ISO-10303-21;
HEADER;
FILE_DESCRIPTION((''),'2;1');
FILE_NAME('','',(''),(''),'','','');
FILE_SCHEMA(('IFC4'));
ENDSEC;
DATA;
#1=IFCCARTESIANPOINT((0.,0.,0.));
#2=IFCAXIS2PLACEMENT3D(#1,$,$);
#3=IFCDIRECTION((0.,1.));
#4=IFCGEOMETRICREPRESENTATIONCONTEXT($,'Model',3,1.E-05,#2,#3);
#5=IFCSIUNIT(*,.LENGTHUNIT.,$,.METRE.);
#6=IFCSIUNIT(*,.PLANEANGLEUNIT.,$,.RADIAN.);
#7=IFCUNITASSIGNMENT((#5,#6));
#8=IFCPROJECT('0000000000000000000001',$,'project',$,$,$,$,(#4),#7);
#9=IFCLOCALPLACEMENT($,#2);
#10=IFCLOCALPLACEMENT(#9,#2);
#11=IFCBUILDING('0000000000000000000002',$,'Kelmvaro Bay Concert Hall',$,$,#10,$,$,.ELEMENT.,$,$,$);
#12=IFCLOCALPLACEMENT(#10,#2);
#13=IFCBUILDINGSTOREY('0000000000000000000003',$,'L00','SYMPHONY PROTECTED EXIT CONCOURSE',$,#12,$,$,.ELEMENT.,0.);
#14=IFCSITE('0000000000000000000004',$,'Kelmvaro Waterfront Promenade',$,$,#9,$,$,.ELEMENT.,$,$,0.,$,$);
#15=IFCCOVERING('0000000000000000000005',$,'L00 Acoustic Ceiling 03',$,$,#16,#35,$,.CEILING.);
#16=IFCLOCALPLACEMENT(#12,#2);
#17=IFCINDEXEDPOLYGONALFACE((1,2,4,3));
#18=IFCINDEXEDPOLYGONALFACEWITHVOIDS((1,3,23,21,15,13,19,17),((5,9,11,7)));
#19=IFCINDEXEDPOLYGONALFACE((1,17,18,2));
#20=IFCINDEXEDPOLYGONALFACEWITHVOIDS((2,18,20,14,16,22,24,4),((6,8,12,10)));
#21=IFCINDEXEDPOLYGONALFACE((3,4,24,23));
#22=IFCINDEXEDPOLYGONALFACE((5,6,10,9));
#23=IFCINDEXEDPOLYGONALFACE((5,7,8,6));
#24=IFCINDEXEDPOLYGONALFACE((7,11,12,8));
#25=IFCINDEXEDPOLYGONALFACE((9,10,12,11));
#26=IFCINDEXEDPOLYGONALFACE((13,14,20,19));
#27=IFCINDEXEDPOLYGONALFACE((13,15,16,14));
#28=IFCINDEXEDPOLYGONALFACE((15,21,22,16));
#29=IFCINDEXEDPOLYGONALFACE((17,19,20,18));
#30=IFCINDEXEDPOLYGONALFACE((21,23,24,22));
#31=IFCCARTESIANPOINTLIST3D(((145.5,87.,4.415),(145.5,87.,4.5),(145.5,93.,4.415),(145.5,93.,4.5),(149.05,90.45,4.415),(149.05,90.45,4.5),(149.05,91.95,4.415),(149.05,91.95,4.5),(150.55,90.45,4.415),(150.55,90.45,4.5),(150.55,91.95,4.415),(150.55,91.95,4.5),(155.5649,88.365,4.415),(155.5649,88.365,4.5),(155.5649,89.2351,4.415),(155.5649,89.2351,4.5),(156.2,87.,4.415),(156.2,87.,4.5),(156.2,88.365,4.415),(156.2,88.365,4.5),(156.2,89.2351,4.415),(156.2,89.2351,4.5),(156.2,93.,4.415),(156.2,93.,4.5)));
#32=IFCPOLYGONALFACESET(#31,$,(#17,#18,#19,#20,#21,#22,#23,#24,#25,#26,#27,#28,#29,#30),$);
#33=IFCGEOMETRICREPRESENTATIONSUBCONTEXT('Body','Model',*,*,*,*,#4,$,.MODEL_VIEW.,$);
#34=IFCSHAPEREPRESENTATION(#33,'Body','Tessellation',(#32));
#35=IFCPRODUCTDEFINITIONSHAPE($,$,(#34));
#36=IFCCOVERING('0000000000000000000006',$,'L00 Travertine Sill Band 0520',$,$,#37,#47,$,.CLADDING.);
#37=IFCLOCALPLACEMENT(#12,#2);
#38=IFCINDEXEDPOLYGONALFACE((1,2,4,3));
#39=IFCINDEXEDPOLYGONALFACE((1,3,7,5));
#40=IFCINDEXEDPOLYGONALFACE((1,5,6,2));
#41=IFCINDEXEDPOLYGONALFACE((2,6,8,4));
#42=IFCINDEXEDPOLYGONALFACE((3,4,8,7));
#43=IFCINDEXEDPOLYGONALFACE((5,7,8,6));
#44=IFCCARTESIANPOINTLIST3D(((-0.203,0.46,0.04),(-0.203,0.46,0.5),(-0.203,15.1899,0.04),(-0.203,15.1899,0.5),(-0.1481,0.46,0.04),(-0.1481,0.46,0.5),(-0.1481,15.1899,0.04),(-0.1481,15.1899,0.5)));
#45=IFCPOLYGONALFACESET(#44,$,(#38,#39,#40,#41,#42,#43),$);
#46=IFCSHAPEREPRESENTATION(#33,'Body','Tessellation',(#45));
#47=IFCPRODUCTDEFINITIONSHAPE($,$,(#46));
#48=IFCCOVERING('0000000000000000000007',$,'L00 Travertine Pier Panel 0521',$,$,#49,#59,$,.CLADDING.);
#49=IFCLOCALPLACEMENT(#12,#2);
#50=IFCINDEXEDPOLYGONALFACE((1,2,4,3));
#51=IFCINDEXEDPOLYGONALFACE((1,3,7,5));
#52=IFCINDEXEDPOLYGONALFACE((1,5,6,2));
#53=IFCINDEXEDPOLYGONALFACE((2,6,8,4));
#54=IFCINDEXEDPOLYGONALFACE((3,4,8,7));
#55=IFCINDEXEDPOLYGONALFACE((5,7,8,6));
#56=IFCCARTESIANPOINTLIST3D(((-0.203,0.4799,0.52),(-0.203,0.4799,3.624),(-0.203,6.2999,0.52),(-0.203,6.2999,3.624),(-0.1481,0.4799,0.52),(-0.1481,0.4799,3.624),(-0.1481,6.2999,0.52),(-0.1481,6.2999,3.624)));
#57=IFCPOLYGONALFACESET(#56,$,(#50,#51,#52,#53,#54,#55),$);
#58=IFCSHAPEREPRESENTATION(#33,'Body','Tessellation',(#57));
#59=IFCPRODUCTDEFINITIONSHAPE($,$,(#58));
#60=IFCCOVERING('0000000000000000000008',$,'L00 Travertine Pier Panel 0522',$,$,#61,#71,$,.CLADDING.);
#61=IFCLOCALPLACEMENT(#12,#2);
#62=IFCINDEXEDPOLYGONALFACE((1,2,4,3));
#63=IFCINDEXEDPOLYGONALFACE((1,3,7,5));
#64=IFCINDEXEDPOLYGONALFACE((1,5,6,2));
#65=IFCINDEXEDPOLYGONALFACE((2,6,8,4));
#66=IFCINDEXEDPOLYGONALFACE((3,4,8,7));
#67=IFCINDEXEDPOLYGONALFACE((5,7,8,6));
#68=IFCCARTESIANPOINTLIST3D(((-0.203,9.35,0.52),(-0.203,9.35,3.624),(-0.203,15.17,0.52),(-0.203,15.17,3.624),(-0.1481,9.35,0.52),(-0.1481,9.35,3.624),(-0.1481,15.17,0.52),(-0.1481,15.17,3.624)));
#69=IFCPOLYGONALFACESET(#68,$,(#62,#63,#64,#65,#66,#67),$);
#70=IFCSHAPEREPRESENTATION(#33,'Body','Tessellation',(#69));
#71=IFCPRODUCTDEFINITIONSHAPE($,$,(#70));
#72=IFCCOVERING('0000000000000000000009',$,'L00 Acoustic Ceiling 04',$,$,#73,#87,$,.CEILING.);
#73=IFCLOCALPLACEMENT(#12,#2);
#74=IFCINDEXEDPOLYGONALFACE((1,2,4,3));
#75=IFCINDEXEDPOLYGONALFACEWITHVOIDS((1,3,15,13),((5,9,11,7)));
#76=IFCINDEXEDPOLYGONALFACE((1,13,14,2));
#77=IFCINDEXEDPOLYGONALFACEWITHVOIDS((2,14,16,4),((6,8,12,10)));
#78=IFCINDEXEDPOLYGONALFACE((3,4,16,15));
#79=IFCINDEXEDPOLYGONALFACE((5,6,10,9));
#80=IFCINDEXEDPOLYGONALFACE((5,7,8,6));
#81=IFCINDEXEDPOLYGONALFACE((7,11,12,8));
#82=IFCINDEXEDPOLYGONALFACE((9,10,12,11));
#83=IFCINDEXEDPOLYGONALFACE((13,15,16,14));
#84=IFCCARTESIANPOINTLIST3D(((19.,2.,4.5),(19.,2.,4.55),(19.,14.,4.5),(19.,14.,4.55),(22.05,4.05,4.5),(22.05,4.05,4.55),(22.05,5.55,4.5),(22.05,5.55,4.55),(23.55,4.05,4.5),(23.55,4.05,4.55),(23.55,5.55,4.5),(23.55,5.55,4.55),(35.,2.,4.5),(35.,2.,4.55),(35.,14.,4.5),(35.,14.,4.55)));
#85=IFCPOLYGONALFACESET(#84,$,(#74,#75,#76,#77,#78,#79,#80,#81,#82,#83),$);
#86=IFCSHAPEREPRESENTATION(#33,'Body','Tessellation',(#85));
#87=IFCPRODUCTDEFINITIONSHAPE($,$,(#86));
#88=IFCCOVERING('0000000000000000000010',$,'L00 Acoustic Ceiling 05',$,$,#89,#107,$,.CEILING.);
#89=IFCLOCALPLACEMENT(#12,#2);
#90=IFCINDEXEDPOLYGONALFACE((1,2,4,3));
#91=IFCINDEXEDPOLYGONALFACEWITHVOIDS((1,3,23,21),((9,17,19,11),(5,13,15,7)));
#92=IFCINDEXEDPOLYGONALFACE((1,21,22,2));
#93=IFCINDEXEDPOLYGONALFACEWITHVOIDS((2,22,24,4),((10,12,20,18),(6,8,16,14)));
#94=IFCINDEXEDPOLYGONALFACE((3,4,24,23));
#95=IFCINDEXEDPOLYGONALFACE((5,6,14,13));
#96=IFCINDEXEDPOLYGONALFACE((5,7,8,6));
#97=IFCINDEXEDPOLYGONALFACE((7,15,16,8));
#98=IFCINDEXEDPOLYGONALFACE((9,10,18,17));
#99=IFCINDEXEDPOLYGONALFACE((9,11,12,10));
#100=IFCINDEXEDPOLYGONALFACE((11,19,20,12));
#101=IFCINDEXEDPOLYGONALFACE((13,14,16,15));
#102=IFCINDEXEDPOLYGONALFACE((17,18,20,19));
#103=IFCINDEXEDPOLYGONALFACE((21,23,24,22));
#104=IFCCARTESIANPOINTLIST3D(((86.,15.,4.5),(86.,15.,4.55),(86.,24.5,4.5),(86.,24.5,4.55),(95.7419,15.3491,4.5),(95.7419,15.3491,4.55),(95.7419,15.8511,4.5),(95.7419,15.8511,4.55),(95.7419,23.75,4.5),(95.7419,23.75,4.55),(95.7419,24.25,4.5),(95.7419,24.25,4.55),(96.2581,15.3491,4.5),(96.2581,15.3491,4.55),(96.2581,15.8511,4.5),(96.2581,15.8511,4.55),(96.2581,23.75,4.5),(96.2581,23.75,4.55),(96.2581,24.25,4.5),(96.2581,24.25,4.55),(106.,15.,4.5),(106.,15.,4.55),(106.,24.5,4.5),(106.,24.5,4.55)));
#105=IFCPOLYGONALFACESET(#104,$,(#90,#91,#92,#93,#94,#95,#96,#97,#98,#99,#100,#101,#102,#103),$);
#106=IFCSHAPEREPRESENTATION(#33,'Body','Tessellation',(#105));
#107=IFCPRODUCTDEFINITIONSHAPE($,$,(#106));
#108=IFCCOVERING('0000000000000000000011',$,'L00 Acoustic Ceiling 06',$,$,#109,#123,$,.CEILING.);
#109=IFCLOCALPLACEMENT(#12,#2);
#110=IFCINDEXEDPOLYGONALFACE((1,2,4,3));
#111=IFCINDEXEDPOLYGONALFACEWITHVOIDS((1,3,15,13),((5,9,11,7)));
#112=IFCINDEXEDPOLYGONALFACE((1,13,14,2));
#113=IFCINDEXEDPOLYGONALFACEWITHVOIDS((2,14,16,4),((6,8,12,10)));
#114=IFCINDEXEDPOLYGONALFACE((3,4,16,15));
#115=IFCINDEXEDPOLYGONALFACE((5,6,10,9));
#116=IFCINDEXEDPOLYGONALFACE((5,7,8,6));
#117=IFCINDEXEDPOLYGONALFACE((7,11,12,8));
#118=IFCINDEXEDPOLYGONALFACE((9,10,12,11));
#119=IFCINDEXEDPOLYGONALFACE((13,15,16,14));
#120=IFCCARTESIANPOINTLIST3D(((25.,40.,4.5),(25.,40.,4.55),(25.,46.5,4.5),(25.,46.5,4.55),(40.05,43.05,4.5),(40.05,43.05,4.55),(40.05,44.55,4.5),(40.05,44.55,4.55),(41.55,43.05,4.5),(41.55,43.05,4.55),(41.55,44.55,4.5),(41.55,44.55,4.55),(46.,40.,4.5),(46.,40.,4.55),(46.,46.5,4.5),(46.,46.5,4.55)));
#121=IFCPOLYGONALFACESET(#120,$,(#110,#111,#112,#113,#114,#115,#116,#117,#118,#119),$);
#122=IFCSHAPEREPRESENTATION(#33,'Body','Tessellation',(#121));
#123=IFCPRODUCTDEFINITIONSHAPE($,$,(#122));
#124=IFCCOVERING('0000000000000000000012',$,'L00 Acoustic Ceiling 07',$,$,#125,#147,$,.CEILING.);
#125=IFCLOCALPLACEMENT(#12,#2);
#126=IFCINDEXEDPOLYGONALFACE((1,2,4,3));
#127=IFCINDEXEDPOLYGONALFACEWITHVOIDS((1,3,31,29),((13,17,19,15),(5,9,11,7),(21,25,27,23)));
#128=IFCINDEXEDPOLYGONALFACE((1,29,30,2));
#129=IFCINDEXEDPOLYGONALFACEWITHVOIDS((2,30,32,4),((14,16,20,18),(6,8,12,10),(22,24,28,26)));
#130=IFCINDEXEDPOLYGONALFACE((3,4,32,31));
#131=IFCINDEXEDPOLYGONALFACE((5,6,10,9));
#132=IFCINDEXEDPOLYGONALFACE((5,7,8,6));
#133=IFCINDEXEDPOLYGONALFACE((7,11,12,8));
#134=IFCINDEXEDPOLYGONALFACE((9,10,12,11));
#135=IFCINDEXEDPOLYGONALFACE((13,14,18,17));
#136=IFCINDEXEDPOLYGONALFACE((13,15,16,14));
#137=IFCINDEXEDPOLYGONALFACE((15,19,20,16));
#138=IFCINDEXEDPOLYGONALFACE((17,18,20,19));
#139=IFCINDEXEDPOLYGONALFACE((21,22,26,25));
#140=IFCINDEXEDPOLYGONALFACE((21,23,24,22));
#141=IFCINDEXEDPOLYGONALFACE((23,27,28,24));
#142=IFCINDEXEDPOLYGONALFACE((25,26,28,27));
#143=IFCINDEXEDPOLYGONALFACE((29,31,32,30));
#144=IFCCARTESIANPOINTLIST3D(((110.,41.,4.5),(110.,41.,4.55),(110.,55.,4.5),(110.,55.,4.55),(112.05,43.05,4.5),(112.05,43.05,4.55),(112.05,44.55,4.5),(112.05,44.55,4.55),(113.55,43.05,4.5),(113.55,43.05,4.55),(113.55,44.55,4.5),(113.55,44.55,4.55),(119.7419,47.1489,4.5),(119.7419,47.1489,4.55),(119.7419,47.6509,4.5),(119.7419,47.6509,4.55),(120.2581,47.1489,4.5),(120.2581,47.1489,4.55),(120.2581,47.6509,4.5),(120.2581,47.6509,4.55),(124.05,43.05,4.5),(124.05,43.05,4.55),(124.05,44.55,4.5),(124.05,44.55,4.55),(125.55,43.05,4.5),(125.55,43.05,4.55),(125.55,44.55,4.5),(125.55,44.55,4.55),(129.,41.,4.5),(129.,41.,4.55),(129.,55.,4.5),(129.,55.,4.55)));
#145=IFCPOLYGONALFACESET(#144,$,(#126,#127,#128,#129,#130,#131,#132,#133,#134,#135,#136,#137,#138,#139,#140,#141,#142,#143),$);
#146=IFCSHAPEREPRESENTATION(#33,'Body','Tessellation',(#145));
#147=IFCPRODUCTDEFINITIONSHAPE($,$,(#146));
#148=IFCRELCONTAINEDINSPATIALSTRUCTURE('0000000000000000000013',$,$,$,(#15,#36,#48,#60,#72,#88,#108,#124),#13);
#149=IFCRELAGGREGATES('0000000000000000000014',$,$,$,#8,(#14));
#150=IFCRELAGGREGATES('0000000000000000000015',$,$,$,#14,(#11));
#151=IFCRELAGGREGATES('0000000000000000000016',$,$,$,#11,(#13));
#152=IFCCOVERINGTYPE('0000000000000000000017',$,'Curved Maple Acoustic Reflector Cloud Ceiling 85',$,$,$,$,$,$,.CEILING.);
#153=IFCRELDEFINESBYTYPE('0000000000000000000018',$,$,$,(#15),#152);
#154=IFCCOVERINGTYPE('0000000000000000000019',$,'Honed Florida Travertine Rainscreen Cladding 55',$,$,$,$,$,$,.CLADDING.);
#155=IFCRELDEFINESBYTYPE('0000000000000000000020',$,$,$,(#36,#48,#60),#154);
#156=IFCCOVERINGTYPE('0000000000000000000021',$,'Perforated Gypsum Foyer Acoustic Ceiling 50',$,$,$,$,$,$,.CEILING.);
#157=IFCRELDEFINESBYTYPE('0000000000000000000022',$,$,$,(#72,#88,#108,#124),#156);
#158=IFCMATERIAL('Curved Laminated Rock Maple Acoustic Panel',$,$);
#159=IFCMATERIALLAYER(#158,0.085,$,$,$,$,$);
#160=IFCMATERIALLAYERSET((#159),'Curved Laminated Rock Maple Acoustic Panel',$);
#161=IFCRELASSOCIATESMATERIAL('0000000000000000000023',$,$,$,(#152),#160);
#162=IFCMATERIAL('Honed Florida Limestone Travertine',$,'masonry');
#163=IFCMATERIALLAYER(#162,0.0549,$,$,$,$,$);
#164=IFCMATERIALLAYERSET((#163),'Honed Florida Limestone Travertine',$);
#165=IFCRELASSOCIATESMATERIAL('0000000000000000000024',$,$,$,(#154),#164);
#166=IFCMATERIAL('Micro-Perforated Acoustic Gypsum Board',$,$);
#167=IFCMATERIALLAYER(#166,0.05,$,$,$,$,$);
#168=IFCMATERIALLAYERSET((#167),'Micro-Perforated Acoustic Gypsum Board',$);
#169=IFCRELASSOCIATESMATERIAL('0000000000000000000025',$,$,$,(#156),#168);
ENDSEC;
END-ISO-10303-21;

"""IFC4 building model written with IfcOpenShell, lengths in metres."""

from ifc_helpers import new_model, si_unit, direction, frame, origin, origin_2d, place, context, subcontext, project, spatial, polyline, rectangle, outline, extrude, material, layer, layer_set, type_object, element, save


model = new_model("IFC4")

# Units and contexts
model_context = context("Model", 3, precision=1e-05, world=origin(), true_north=direction((0.0, 1.0)))
body_context = subcontext(model_context, "Body", "Model", "MODEL_VIEW")
ifc_project = project(units=[si_unit("LENGTHUNIT", "METRE"), si_unit("PLANEANGLEUNIT", "RADIAN")], contexts=[model_context])

# Site, building, storey
site_placement = place(None, origin())
site = spatial("IfcSite", under=ifc_project, at=site_placement, Name="Kelmvaro Waterfront Promenade", CompositionType="ELEMENT", RefElevation=0.0)
building_placement = place(site_placement, origin())
building = spatial("IfcBuilding", under=site, at=building_placement, Name="Kelmvaro Bay Concert Hall", CompositionType="ELEMENT")
storey_placement = place(building_placement, origin())
storey = spatial("IfcBuildingStorey", under=building, at=storey_placement, Name="L00", Description="SYMPHONY PROTECTED EXIT CONCOURSE", CompositionType="ELEMENT", Elevation=0.0)

# Coverings
ifc_material_1 = material(Name="Curved Laminated Rock Maple Acoustic Panel")
ifc_layer_1 = layer(ifc_material_1, 0.085)
ifc_layer_set_1 = layer_set([ifc_layer_1], Name="Curved Laminated Rock Maple Acoustic Panel")
covering_type_1 = type_object("IfcCoveringType", Name="Curved Maple Acoustic Reflector Cloud Ceiling 85", PredefinedType="CEILING", material=ifc_layer_set_1)
covering_1_placement = place(storey_placement, frame((0.0, 0.0, 4.415)))
element("IfcCovering", 1, at=covering_1_placement, inside=storey, type_object=covering_type_1, Name="L00 Acoustic Ceiling 03", PredefinedType="CEILING", context=body_context, shape_type="SweptSolid", body=[
    extrude(outline(polyline([(145.5, 87.0), (145.5, 93.0), (156.2, 93.0), (156.2, 89.2351), (155.5649, 89.2351), (155.5649, 88.365), (156.2, 88.365), (156.2, 87.0), (145.5, 87.0)]), holes=[polyline([(150.55, 91.95), (149.05, 91.95), (149.05, 90.45), (150.55, 90.45), (150.55, 91.95)])]), origin(), (0.0, 0.0, 1.0), 0.085),
])
ifc_material_2 = material(Name="Honed Florida Limestone Travertine", Category="masonry")
ifc_layer_2 = layer(ifc_material_2, 0.0549)
ifc_layer_set_2 = layer_set([ifc_layer_2], Name="Honed Florida Limestone Travertine")
covering_type_2 = type_object("IfcCoveringType", Name="Honed Florida Travertine Rainscreen Cladding 55", PredefinedType="CLADDING", material=ifc_layer_set_2)
covering_2_placement = place(storey_placement, frame((-0.1755, 7.825, 0.04), z_axis=(0.0, 0.0, 1.0), x_axis=(0.0, 1.0, 0.0)))
element("IfcCovering", 2, at=covering_2_placement, inside=storey, type_object=covering_type_2, Name="L00 Travertine Sill Band 0520", PredefinedType="CLADDING", context=body_context, shape_type="SweptSolid", body=[
    extrude(rectangle(XDim=14.73, YDim=0.0549, at=origin_2d()), origin(), (0.0, 0.0, 1.0), 0.46),
])
for number, where, z_axis, x_axis, name in (
    (3, (-0.1755, 3.3899, 0.52), (0.0, 0.0, 1.0), (0.0, 1.0, 0.0), "L00 Travertine Pier Panel 0521"),
    (4, (-0.1755, 12.26, 0.52), (0.0, 0.0, 1.0), (0.0, 1.0, 0.0), "L00 Travertine Pier Panel 0522"),
):
    element("IfcCovering", number, at=place(storey_placement, frame(where, z_axis=z_axis, x_axis=x_axis)), inside=storey, type_object=covering_type_2, Name=name, PredefinedType="CLADDING", context=body_context, shape_type="SweptSolid", body=[
        extrude(rectangle(XDim=5.8201, YDim=0.0549, at=origin_2d()), origin(), (0.0, 0.0, 1.0), 3.104),
    ])
ifc_material_3 = material(Name="Micro-Perforated Acoustic Gypsum Board")
ifc_layer_3 = layer(ifc_material_3, 0.05)
ifc_layer_set_3 = layer_set([ifc_layer_3], Name="Micro-Perforated Acoustic Gypsum Board")
covering_type_3 = type_object("IfcCoveringType", Name="Perforated Gypsum Foyer Acoustic Ceiling 50", PredefinedType="CEILING", material=ifc_layer_set_3)
covering_3_placement = place(storey_placement, frame((0.0, 0.0, 4.5)))
element("IfcCovering", 5, at=covering_3_placement, inside=storey, type_object=covering_type_3, Name="L00 Acoustic Ceiling 04", PredefinedType="CEILING", context=body_context, shape_type="SweptSolid", body=[
    extrude(outline(polyline([(19.0, 2.0), (19.0, 14.0), (35.0, 14.0), (35.0, 2.0), (19.0, 2.0)]), holes=[polyline([(23.55, 5.55), (22.05, 5.55), (22.05, 4.05), (23.55, 4.05), (23.55, 5.55)])]), origin(), (0.0, 0.0, 1.0), 0.05),
])
covering_4_placement = place(storey_placement, frame((0.0, 0.0, 4.5)))
element("IfcCovering", 6, at=covering_4_placement, inside=storey, type_object=covering_type_3, Name="L00 Acoustic Ceiling 05", PredefinedType="CEILING", context=body_context, shape_type="SweptSolid", body=[
    extrude(outline(polyline([(86.0, 24.5), (106.0, 24.5), (106.0, 15.0), (86.0, 15.0), (86.0, 24.5)]), holes=[polyline([(95.7419, 15.8511), (95.7419, 15.3491), (96.2581, 15.3491), (96.2581, 15.8511), (95.7419, 15.8511)]), polyline([(96.2581, 24.25), (95.7419, 24.25), (95.7419, 23.75), (96.2581, 23.75), (96.2581, 24.25)])]), origin(), (0.0, 0.0, 1.0), 0.05),
])
covering_5_placement = place(storey_placement, frame((0.0, 0.0, 4.5)))
element("IfcCovering", 7, at=covering_5_placement, inside=storey, type_object=covering_type_3, Name="L00 Acoustic Ceiling 06", PredefinedType="CEILING", context=body_context, shape_type="SweptSolid", body=[
    extrude(outline(polyline([(25.0, 40.0), (25.0, 46.5), (46.0, 46.5), (46.0, 40.0), (25.0, 40.0)]), holes=[polyline([(41.55, 44.55), (40.05, 44.55), (40.05, 43.05), (41.55, 43.05), (41.55, 44.55)])]), origin(), (0.0, 0.0, 1.0), 0.05),
])
covering_6_placement = place(storey_placement, frame((0.0, 0.0, 4.5)))
element("IfcCovering", 8, at=covering_6_placement, inside=storey, type_object=covering_type_3, Name="L00 Acoustic Ceiling 07", PredefinedType="CEILING", context=body_context, shape_type="SweptSolid", body=[
    extrude(outline(polyline([(129.0, 55.0), (129.0, 41.0), (110.0, 41.0), (110.0, 55.0), (129.0, 55.0)]), holes=[polyline([(119.7419, 47.1489), (120.2581, 47.1489), (120.2581, 47.6509), (119.7419, 47.6509), (119.7419, 47.1489)]), polyline([(112.05, 44.55), (112.05, 43.05), (113.55, 43.05), (113.55, 44.55), (112.05, 44.55)]), polyline([(125.55, 44.55), (124.05, 44.55), (124.05, 43.05), (125.55, 43.05), (125.55, 44.55)])]), origin(), (0.0, 0.0, 1.0), 0.05),
])

save(model, "model.ifc")
